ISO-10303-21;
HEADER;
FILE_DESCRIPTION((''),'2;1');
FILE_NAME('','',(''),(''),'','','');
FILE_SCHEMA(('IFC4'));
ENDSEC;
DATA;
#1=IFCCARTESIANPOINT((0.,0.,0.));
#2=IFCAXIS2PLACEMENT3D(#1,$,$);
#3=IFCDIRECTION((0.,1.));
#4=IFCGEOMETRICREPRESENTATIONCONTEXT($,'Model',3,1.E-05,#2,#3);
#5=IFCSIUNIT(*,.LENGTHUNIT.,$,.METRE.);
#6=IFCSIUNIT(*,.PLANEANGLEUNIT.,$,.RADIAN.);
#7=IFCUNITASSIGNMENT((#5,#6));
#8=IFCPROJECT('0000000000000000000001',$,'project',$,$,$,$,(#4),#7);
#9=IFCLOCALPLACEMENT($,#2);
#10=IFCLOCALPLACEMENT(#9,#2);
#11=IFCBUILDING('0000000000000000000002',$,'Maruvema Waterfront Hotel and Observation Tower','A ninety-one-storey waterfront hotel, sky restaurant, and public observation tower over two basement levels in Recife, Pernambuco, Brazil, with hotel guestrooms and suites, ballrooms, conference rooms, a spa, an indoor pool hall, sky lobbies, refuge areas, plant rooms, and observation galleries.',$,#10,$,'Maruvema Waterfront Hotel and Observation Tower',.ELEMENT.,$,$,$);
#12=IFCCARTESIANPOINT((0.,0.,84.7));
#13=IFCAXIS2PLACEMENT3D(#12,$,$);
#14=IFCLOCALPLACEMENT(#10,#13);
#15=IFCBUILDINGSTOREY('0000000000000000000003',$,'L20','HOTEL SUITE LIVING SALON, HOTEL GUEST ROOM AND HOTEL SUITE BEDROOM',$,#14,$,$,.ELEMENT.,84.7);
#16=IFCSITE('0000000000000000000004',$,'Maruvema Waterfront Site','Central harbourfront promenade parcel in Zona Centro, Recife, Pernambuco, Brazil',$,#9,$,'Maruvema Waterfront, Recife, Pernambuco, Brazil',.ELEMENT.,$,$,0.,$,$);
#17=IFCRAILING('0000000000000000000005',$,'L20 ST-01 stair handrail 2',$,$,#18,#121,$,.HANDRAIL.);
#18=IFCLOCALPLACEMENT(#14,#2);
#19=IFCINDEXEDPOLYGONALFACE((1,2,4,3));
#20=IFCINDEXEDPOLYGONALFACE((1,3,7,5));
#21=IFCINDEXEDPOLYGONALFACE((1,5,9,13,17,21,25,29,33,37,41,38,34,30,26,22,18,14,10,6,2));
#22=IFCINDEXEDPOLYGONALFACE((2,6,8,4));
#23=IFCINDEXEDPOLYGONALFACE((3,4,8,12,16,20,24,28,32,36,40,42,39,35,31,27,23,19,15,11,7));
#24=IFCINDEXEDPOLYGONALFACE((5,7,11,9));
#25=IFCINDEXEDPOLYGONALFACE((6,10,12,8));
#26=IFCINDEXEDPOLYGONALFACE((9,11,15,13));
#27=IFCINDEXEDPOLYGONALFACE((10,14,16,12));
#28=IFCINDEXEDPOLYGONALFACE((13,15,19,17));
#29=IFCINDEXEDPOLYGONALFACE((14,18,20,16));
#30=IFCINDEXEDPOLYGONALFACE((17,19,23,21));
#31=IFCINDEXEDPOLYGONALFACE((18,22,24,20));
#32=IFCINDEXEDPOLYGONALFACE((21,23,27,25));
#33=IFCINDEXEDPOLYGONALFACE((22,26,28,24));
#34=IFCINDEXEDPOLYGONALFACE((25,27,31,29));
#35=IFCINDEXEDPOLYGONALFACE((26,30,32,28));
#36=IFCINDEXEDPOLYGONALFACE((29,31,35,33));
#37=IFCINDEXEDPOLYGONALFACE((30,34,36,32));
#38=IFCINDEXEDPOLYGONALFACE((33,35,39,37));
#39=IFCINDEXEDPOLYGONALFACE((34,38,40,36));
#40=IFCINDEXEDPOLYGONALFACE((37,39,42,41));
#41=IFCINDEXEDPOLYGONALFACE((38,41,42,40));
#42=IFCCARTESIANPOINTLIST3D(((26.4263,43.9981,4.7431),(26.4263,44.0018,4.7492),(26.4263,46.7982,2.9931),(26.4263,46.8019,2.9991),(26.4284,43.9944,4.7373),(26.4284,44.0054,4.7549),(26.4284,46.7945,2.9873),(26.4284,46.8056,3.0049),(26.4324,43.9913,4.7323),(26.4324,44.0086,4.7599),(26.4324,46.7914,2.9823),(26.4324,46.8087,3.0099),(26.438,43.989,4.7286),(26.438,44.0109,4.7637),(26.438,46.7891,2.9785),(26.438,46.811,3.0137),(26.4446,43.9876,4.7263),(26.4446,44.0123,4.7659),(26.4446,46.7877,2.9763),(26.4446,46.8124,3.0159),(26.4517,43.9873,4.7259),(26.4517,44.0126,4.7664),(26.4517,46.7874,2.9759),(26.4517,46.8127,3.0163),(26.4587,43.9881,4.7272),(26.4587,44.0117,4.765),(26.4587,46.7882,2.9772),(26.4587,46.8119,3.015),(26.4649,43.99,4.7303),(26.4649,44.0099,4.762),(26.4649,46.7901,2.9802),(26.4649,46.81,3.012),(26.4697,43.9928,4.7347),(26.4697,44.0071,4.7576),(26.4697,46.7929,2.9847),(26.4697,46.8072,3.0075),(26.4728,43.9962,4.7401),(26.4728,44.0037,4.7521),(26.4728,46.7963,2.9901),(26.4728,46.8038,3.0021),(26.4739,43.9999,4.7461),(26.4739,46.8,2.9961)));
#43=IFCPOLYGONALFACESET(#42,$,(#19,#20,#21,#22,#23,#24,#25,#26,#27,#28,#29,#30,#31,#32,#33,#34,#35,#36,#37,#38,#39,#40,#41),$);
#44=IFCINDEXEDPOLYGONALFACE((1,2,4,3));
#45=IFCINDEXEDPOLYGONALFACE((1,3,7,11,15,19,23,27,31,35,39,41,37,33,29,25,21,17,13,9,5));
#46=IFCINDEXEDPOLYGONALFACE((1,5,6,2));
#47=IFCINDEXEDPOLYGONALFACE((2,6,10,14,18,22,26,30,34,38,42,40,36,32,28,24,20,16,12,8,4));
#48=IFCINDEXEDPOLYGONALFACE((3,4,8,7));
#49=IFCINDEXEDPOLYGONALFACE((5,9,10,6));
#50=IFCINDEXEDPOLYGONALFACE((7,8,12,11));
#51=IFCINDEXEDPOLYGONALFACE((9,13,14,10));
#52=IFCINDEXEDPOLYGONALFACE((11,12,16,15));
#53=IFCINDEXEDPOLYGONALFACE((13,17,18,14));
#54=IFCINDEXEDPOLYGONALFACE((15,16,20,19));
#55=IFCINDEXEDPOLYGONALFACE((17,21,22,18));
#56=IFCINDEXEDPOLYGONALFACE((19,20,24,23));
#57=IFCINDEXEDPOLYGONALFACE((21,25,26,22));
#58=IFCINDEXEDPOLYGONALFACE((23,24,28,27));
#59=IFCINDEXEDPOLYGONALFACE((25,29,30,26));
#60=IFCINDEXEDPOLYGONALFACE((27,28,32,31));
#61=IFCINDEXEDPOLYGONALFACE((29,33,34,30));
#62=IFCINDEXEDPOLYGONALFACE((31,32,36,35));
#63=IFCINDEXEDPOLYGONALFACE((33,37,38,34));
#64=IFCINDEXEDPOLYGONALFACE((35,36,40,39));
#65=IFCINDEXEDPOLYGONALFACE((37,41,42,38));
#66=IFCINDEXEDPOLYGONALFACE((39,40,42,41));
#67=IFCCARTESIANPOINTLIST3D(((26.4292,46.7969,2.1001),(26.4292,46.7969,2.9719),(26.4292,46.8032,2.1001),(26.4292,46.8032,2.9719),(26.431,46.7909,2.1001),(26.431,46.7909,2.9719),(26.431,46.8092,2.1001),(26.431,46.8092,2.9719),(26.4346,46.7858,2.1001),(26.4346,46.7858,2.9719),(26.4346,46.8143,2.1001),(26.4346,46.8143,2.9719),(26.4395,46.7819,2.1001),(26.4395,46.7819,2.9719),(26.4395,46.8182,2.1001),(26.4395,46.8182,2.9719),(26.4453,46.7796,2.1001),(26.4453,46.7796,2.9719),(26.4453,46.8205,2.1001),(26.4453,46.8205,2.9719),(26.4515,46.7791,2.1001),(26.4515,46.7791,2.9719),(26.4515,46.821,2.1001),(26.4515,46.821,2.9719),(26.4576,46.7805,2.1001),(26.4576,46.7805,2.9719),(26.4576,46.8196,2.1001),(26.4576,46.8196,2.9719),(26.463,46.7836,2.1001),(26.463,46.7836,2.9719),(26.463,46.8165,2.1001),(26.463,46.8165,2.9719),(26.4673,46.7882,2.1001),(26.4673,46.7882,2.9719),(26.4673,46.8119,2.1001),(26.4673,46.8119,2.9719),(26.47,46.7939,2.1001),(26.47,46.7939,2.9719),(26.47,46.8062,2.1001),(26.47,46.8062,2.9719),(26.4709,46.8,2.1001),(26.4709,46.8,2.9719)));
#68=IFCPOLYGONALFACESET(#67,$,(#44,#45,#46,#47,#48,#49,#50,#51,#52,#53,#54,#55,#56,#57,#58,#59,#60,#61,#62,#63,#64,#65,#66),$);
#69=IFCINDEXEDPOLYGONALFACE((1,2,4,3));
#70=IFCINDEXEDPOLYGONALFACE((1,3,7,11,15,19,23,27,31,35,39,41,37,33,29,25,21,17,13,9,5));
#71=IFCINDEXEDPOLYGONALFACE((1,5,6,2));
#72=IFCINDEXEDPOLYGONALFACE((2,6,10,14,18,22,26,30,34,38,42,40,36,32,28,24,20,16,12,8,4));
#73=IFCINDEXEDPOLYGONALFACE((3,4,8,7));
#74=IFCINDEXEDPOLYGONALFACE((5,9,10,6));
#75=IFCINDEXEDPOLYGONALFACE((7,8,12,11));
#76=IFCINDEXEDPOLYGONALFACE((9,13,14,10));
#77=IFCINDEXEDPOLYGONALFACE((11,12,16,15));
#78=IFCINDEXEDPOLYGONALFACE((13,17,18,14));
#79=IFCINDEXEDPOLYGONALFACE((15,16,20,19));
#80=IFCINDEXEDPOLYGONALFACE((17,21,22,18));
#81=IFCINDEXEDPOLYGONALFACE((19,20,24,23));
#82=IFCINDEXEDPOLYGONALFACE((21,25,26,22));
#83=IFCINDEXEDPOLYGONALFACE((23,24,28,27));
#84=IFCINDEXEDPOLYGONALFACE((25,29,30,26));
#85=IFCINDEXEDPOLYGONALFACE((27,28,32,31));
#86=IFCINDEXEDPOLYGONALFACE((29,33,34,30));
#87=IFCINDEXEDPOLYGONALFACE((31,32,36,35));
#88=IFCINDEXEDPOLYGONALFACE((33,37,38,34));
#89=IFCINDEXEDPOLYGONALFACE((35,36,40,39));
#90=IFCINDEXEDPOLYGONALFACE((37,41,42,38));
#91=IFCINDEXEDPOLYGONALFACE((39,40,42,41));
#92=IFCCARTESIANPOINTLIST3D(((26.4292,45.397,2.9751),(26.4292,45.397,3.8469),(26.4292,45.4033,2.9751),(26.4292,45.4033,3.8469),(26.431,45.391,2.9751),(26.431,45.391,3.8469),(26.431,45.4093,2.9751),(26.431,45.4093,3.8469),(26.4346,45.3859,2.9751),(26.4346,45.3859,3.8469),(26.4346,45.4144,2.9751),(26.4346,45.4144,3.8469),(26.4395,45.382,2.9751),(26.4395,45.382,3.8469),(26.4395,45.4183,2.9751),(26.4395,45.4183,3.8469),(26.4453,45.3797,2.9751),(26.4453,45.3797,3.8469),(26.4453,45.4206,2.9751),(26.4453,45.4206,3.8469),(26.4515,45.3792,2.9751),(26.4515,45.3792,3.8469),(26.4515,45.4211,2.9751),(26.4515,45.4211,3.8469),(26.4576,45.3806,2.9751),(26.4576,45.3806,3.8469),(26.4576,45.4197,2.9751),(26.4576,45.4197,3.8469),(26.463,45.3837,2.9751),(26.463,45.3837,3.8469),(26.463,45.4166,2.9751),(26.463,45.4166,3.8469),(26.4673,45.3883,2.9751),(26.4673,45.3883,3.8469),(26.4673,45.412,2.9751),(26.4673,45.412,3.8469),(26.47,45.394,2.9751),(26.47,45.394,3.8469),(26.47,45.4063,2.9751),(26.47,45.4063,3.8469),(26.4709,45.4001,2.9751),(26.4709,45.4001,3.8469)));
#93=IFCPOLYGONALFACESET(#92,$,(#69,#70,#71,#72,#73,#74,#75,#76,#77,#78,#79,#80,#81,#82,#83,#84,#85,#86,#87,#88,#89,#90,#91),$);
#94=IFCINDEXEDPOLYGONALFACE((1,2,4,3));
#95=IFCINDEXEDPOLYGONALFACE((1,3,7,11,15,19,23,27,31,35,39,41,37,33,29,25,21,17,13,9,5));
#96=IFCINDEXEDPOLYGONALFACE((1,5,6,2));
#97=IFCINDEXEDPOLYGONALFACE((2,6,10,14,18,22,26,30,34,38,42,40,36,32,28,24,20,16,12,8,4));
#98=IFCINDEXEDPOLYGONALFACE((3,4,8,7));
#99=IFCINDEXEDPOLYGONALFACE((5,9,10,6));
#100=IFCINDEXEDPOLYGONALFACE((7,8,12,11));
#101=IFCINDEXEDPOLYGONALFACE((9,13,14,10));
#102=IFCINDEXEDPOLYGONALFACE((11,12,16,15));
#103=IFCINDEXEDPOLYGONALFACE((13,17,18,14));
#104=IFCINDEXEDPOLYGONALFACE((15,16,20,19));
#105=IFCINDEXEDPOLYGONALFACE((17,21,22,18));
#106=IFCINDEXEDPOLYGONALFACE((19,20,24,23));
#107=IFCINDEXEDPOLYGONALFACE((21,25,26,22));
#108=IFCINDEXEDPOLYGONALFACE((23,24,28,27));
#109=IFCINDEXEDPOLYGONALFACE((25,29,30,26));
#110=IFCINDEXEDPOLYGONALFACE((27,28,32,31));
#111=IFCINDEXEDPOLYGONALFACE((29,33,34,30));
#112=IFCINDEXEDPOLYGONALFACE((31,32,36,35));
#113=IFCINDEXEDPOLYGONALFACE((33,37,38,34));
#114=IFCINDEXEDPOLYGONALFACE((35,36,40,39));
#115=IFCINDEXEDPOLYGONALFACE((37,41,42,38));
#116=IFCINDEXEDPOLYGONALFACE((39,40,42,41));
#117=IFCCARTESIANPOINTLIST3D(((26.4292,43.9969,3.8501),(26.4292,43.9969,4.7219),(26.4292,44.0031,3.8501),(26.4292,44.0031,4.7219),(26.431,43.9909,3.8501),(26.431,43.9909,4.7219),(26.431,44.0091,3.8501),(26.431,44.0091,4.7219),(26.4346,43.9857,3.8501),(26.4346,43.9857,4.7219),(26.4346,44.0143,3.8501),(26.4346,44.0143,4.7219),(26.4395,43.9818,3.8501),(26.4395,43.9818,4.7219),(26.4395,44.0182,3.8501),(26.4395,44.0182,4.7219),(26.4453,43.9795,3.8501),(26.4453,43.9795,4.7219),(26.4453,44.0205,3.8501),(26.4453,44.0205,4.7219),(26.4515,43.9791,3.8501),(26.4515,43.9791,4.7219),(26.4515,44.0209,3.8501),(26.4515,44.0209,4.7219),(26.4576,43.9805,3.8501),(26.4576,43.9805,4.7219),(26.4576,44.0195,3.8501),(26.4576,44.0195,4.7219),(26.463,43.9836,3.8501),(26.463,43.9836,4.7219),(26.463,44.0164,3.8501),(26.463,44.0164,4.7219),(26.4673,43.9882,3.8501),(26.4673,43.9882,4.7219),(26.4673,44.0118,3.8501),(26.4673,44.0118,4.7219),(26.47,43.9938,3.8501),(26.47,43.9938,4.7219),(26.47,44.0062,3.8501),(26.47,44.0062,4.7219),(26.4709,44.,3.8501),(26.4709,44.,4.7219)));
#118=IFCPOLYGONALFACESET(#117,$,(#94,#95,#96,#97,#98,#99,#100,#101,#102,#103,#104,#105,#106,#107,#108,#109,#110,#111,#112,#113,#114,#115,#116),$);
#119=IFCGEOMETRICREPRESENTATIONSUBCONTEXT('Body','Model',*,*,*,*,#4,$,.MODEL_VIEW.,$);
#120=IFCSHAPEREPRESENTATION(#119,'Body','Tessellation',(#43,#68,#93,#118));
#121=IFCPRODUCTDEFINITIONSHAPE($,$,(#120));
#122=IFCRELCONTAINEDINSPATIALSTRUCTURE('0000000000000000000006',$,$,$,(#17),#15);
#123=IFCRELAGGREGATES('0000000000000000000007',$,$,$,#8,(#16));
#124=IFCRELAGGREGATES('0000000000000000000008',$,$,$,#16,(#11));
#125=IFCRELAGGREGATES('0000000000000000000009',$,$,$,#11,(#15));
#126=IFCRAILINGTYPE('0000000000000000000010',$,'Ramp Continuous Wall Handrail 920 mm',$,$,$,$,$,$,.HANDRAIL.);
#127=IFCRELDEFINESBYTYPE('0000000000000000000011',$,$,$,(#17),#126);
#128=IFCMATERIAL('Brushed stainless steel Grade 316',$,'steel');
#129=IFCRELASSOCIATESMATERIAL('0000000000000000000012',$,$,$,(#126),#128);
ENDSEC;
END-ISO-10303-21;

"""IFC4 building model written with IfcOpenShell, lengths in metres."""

from ifc_helpers import new_model, si_unit, direction, frame, origin, origin_2d, place, context, subcontext, project, spatial, circle, extrude, material, type_object, element, save


model = new_model("IFC4")

# Units and contexts
model_context = context("Model", 3, precision=1e-05, world=origin(), true_north=direction((0.0, 1.0)))
body_context = subcontext(model_context, "Body", "Model", "MODEL_VIEW")
ifc_project = project(units=[si_unit("LENGTHUNIT", "METRE"), si_unit("PLANEANGLEUNIT", "RADIAN")], contexts=[model_context])

# Site, building, storey
site_placement = place(None, origin())
site = spatial("IfcSite", under=ifc_project, at=site_placement, Name="Maruvema Waterfront Site", Description="Central harbourfront promenade parcel in Zona Centro, Recife, Pernambuco, Brazil", LongName="Maruvema Waterfront, Recife, Pernambuco, Brazil", CompositionType="ELEMENT", RefElevation=0.0)
building_placement = place(site_placement, origin())
building = spatial("IfcBuilding", under=site, at=building_placement, Name="Maruvema Waterfront Hotel and Observation Tower", Description="A ninety-one-storey waterfront hotel, sky restaurant, and public observation tower over two basement levels in Recife, Pernambuco, Brazil, with hotel guestrooms and suites, ballrooms, conference rooms, a spa, an indoor pool hall, sky lobbies, refuge areas, plant rooms, and observation galleries.", LongName="Maruvema Waterfront Hotel and Observation Tower", CompositionType="ELEMENT")
storey_placement = place(building_placement, frame((0.0, 0.0, 84.7)))
storey = spatial("IfcBuildingStorey", under=building, at=storey_placement, Name="L20", Description="HOTEL SUITE LIVING SALON, HOTEL GUEST ROOM AND HOTEL SUITE BEDROOM", CompositionType="ELEMENT", Elevation=84.7)

# Railing
ifc_material_1 = material(Name="Brushed stainless steel Grade 316", Category="steel")
railing_type_1 = type_object("IfcRailingType", Name="Ramp Continuous Wall Handrail 920 mm", PredefinedType="HANDRAIL", material=ifc_material_1)
railing_1_placement = place(storey_placement, frame((26.45, 46.8, 2.1001)))
element("IfcRailing", 1, at=railing_1_placement, inside=storey, type_object=railing_type_1, Name="L20 ST-01 stair handrail 2", PredefinedType="HANDRAIL", context=body_context, shape_type="SweptSolid", body=[
    extrude(circle(Radius=0.0239, at=origin_2d()), frame((0.0, 0.0, 0.896), z_axis=(0.0, -0.848002, 0.529992), x_axis=(1.0, 0.0, 0.0)), (0.0, 0.0, 1.0), 3.302),
    extrude(circle(Radius=0.021, at=origin_2d()), origin(), (0.0, 0.0, 1.0), 0.8718),
    extrude(circle(Radius=0.021, at=origin_2d()), frame((0.0, -1.3999, 0.875)), (0.0, 0.0, 1.0), 0.8718),
    extrude(circle(Radius=0.021, at=origin_2d()), frame((0.0, -2.8, 1.75)), (0.0, 0.0, 1.0), 0.8718),
])

save(model, "model.ifc")
